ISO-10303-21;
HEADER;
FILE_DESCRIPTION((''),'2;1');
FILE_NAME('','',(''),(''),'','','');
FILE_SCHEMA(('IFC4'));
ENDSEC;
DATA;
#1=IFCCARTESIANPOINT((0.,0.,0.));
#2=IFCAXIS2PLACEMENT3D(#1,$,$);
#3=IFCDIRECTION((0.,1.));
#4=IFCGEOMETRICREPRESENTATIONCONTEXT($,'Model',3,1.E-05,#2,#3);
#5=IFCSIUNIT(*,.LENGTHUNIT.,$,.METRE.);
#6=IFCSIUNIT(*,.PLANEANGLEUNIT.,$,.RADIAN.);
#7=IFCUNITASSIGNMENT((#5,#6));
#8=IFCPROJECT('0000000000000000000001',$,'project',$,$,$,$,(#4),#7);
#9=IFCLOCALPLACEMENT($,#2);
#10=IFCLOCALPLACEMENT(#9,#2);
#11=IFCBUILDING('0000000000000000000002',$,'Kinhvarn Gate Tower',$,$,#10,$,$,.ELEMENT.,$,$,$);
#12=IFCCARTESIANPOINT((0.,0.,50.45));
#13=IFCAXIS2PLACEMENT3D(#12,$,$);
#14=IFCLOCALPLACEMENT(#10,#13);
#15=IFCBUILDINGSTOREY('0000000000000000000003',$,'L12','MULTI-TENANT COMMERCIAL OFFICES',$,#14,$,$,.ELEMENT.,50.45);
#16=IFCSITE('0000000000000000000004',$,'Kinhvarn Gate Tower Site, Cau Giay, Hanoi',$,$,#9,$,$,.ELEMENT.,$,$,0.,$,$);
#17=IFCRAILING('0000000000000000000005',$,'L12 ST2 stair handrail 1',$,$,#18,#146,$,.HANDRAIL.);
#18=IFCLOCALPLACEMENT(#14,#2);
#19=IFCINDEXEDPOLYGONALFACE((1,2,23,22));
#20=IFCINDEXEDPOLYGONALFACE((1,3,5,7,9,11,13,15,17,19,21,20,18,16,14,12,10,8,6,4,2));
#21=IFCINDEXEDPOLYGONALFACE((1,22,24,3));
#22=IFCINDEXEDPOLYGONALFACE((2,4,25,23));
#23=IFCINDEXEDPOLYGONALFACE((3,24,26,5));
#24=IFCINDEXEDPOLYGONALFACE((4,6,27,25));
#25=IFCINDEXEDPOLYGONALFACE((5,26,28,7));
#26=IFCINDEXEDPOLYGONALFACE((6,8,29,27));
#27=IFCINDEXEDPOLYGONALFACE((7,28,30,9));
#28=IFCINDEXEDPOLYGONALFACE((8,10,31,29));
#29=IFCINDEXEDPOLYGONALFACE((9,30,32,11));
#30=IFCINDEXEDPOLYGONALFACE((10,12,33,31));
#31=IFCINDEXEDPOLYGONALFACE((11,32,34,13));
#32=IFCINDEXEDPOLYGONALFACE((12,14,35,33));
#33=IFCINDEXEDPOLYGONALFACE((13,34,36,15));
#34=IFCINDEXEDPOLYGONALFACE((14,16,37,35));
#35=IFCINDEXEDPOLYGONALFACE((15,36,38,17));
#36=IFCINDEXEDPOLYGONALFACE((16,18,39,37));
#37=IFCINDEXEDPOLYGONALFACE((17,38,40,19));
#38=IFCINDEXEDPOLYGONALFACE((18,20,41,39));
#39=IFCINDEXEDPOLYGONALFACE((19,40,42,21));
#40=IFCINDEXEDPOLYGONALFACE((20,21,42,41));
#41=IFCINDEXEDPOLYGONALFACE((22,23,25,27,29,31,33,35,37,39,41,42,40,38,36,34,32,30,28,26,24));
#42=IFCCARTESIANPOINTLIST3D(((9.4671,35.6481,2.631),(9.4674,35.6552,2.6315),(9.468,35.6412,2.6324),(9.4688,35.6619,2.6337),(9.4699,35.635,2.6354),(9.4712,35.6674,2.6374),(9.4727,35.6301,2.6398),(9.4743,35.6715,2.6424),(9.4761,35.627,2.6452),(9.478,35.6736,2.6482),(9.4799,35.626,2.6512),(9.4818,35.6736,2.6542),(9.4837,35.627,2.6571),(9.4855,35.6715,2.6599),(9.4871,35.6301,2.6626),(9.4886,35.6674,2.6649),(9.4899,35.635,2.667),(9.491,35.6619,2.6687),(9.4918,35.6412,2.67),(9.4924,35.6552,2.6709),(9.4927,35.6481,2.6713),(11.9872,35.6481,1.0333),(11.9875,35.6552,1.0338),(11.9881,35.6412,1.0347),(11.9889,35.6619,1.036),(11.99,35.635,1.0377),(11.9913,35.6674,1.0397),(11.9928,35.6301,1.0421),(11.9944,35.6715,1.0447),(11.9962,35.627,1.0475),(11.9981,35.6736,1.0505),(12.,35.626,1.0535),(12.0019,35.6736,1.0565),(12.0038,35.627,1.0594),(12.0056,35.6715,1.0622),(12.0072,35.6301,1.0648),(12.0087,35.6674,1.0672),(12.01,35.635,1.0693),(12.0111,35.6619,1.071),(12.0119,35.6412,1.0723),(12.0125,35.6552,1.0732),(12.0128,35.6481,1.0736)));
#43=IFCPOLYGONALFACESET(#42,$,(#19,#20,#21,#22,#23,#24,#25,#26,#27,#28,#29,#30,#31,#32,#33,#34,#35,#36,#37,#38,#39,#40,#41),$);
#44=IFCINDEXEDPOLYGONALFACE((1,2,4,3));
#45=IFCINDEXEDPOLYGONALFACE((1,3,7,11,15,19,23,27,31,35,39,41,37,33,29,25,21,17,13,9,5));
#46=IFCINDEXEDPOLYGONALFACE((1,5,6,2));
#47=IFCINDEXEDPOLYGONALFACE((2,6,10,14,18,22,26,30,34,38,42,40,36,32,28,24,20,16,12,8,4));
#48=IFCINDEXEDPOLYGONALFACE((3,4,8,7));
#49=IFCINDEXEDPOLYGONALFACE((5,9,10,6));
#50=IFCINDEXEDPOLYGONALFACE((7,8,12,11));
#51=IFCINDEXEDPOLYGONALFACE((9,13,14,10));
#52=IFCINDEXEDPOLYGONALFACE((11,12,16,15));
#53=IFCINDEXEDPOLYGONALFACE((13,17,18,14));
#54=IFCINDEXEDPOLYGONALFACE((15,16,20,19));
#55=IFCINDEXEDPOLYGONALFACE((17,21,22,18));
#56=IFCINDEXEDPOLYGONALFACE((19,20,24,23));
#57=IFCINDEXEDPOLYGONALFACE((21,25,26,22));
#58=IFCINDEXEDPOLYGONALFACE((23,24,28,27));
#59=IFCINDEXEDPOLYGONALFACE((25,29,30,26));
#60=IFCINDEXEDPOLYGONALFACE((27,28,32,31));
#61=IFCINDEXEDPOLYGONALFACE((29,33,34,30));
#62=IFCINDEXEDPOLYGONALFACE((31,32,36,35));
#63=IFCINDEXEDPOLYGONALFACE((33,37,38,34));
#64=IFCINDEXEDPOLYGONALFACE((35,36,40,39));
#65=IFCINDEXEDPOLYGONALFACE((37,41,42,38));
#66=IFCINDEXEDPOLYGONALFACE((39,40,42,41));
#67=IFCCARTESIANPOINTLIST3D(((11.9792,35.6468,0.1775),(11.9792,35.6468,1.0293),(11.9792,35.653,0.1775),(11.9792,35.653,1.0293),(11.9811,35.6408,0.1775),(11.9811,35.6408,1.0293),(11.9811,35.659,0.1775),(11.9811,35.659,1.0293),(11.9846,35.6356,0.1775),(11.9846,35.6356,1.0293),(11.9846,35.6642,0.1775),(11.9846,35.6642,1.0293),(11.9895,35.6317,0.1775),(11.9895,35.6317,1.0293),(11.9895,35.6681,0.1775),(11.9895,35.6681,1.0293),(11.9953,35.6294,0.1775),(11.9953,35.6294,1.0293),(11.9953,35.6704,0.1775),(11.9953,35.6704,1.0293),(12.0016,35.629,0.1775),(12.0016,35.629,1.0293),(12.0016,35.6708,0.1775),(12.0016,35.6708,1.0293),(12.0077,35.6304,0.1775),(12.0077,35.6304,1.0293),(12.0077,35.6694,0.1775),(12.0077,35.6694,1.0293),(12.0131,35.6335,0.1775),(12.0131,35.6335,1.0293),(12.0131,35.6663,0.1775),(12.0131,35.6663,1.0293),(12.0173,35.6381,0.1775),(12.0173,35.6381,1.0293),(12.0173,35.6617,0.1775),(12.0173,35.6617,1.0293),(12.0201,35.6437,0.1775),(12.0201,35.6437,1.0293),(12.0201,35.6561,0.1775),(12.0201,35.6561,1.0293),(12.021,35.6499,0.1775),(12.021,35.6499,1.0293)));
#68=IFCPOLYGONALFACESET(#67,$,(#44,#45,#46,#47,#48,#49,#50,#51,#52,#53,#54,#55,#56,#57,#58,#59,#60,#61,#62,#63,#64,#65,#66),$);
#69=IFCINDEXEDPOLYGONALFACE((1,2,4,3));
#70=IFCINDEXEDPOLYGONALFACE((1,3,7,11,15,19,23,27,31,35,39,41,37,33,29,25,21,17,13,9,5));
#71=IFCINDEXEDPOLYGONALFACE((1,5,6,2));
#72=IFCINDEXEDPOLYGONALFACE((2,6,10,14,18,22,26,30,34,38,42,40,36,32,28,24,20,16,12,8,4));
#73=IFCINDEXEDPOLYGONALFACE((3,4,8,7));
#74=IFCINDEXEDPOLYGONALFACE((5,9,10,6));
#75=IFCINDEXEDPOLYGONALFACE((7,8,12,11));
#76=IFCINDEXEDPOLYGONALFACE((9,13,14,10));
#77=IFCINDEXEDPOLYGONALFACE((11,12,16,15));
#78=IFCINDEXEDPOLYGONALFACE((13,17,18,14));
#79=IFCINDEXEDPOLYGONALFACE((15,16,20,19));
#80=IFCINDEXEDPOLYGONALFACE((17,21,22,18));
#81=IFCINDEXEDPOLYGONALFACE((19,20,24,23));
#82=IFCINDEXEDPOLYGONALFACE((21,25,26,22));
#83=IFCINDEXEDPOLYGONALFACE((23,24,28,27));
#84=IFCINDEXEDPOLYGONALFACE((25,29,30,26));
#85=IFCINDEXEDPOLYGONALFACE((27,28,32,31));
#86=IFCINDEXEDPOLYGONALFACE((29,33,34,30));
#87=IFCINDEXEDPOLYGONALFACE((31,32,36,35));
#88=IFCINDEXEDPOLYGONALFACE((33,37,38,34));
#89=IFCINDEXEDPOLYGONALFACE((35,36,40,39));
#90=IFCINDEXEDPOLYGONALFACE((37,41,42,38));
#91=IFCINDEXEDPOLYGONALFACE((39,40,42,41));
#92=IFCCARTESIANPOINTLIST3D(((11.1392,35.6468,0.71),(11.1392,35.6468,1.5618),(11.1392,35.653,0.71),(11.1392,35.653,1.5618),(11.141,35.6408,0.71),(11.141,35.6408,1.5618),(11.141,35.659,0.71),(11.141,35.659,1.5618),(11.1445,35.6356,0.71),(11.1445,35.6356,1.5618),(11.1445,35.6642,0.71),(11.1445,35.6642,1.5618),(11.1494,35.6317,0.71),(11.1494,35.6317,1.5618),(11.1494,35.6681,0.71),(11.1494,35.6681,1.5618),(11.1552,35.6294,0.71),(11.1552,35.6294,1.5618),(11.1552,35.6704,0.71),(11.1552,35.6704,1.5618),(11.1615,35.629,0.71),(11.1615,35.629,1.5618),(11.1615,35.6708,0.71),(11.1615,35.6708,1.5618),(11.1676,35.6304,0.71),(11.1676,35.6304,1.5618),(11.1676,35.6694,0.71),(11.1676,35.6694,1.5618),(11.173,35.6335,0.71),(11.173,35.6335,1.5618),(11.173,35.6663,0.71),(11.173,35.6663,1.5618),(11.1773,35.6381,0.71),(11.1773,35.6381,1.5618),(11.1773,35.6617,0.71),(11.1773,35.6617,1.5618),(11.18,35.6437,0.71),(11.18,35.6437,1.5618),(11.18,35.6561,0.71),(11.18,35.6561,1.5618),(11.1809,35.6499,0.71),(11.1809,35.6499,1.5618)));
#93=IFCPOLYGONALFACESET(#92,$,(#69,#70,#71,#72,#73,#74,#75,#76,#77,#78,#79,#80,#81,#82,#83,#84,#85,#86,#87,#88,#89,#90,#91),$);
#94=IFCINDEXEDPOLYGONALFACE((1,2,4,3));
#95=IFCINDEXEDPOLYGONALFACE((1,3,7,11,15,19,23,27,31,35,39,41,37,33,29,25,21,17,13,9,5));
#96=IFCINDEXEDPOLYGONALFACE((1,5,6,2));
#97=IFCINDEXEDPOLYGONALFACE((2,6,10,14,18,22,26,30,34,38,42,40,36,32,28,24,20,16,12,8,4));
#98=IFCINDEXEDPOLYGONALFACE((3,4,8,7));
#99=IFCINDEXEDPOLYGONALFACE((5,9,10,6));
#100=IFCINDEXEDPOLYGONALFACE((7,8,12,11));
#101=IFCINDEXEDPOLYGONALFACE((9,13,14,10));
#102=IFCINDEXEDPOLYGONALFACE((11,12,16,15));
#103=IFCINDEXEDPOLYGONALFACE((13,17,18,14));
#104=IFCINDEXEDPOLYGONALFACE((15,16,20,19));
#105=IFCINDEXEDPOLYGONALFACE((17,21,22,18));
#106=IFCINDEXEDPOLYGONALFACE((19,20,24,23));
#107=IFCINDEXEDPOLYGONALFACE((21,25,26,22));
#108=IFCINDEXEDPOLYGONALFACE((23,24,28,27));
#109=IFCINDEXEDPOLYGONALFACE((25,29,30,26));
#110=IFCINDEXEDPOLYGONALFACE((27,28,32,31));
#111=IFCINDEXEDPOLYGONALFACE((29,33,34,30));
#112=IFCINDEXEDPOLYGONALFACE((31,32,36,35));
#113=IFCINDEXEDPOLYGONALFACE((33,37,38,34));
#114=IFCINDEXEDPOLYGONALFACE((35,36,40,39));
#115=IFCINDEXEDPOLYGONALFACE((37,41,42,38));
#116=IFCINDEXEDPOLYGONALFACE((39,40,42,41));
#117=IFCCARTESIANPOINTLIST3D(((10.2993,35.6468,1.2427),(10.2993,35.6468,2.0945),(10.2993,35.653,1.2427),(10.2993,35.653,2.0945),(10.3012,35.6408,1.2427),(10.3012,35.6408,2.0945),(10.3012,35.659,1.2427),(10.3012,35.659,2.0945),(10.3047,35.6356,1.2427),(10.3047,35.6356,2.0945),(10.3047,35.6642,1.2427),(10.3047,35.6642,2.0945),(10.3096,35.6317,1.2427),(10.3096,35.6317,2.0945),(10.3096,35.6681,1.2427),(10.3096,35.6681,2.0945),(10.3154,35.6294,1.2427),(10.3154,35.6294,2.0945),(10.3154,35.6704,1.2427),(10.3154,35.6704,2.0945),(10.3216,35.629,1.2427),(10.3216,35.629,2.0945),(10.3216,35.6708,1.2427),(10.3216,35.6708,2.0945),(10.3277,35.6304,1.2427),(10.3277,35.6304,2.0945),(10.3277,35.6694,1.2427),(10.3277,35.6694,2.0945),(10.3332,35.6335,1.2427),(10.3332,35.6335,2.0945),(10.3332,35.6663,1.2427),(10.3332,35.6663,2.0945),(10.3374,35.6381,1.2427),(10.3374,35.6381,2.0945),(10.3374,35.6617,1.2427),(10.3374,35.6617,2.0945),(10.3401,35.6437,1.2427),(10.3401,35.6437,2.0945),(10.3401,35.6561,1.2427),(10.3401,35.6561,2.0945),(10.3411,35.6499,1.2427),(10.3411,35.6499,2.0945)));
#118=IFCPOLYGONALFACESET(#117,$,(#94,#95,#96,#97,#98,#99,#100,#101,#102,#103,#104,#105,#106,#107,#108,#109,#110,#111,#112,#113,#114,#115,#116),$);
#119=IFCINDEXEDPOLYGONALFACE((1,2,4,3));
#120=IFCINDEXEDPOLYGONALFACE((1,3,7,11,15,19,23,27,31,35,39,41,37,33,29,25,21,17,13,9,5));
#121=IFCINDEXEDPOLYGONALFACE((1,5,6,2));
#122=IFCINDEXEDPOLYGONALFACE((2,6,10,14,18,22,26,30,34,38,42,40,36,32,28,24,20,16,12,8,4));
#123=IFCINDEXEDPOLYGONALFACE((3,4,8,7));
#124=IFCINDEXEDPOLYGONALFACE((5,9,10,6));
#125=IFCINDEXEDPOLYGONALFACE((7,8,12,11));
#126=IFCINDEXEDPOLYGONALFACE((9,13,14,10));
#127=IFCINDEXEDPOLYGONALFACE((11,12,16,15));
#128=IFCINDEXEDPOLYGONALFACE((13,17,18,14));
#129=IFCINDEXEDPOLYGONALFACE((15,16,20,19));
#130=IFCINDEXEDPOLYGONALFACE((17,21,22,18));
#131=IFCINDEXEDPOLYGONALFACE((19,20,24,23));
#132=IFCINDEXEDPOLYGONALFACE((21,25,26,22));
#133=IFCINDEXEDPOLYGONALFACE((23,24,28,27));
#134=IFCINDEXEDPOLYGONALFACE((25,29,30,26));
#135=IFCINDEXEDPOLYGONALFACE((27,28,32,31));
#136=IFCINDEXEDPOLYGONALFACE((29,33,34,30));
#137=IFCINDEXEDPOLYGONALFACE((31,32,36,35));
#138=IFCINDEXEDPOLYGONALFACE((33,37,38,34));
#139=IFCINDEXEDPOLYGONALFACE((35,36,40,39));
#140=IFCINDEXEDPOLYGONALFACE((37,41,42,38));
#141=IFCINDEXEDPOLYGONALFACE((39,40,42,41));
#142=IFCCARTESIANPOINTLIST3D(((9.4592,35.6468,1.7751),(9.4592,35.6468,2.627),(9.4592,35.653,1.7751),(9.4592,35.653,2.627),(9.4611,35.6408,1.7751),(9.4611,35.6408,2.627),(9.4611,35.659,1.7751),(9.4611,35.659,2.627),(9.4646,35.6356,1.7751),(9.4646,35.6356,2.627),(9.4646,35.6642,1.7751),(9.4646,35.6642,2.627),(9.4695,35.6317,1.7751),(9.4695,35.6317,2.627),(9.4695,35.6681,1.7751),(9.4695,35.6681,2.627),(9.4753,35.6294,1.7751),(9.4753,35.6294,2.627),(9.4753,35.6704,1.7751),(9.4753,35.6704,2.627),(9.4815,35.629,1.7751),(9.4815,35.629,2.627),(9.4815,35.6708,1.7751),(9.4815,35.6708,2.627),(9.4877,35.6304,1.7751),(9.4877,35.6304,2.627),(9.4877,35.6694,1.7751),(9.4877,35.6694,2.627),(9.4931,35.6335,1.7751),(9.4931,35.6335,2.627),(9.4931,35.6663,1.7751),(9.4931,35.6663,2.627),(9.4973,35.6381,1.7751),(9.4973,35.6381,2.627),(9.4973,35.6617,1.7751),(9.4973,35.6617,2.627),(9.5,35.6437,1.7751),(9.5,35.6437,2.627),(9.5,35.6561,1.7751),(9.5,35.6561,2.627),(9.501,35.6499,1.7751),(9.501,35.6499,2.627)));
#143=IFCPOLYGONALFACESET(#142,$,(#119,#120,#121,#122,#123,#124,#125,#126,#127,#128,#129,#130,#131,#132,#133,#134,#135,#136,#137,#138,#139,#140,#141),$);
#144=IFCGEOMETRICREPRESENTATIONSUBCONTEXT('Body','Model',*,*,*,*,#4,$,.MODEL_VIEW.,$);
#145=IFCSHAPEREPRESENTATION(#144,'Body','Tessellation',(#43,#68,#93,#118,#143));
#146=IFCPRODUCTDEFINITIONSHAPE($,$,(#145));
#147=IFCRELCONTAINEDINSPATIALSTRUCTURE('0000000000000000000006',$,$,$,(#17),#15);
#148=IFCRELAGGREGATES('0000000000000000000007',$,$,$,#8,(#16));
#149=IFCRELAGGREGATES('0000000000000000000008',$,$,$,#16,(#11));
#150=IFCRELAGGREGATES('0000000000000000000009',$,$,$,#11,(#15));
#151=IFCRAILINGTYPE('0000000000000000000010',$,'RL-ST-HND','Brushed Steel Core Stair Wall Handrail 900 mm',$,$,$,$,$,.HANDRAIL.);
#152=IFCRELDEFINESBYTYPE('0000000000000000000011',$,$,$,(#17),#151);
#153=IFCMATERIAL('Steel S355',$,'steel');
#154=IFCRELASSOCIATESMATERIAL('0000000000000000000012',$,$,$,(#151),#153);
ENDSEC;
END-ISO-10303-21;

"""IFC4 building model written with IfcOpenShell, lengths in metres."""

from ifc_helpers import new_model, si_unit, direction, frame, origin, origin_2d, place, context, subcontext, project, spatial, circle, extrude, material, type_object, element, save


model = new_model("IFC4")

# Units and contexts
model_context = context("Model", 3, precision=1e-05, world=origin(), true_north=direction((0.0, 1.0)))
body_context = subcontext(model_context, "Body", "Model", "MODEL_VIEW")
ifc_project = project(units=[si_unit("LENGTHUNIT", "METRE"), si_unit("PLANEANGLEUNIT", "RADIAN")], contexts=[model_context])

# Site, building, storey
site_placement = place(None, origin())
site = spatial("IfcSite", under=ifc_project, at=site_placement, Name="Kinhvarn Gate Tower Site, Cau Giay, Hanoi", CompositionType="ELEMENT", RefElevation=0.0)
building_placement = place(site_placement, origin())
building = spatial("IfcBuilding", under=site, at=building_placement, Name="Kinhvarn Gate Tower", CompositionType="ELEMENT")
storey_placement = place(building_placement, frame((0.0, 0.0, 50.45)))
storey = spatial("IfcBuildingStorey", under=building, at=storey_placement, Name="L12", Description="MULTI-TENANT COMMERCIAL OFFICES", CompositionType="ELEMENT", Elevation=50.45)

# Railing
ifc_material_1 = material(Name="Steel S355", Category="steel")
railing_type_1 = type_object("IfcRailingType", Name="RL-ST-HND", Description="Brushed Steel Core Stair Wall Handrail 900 mm", PredefinedType="HANDRAIL", material=ifc_material_1)
railing_1_placement = place(storey_placement, frame((12.0, 35.6499, 0.1775)))
element("IfcRailing", 1, at=railing_1_placement, inside=storey, type_object=railing_type_1, Name="L12 ST2 stair handrail 1", PredefinedType="HANDRAIL", context=body_context, shape_type="SweptSolid", body=[
    extrude(circle(Radius=0.0239, at=origin_2d()), frame((0.0, 0.0, 0.876), z_axis=(-0.84457, 0.0, 0.535445), x_axis=(0.0, -1.0, 0.0)), (0.0, 0.0, 1.0), 2.9839),
    extrude(circle(Radius=0.021, at=origin_2d()), origin(), (0.0, 0.0, 1.0), 0.8518),
    extrude(circle(Radius=0.021, at=origin_2d()), frame((-0.8401, 0.0, 0.5325)), (0.0, 0.0, 1.0), 0.8518),
    extrude(circle(Radius=0.021, at=origin_2d()), frame((-1.6799, 0.0, 1.0652)), (0.0, 0.0, 1.0), 0.8518),
    extrude(circle(Radius=0.021, at=origin_2d()), frame((-2.52, 0.0, 1.5977)), (0.0, 0.0, 1.0), 0.8518),
])

save(model, "model.ifc")
